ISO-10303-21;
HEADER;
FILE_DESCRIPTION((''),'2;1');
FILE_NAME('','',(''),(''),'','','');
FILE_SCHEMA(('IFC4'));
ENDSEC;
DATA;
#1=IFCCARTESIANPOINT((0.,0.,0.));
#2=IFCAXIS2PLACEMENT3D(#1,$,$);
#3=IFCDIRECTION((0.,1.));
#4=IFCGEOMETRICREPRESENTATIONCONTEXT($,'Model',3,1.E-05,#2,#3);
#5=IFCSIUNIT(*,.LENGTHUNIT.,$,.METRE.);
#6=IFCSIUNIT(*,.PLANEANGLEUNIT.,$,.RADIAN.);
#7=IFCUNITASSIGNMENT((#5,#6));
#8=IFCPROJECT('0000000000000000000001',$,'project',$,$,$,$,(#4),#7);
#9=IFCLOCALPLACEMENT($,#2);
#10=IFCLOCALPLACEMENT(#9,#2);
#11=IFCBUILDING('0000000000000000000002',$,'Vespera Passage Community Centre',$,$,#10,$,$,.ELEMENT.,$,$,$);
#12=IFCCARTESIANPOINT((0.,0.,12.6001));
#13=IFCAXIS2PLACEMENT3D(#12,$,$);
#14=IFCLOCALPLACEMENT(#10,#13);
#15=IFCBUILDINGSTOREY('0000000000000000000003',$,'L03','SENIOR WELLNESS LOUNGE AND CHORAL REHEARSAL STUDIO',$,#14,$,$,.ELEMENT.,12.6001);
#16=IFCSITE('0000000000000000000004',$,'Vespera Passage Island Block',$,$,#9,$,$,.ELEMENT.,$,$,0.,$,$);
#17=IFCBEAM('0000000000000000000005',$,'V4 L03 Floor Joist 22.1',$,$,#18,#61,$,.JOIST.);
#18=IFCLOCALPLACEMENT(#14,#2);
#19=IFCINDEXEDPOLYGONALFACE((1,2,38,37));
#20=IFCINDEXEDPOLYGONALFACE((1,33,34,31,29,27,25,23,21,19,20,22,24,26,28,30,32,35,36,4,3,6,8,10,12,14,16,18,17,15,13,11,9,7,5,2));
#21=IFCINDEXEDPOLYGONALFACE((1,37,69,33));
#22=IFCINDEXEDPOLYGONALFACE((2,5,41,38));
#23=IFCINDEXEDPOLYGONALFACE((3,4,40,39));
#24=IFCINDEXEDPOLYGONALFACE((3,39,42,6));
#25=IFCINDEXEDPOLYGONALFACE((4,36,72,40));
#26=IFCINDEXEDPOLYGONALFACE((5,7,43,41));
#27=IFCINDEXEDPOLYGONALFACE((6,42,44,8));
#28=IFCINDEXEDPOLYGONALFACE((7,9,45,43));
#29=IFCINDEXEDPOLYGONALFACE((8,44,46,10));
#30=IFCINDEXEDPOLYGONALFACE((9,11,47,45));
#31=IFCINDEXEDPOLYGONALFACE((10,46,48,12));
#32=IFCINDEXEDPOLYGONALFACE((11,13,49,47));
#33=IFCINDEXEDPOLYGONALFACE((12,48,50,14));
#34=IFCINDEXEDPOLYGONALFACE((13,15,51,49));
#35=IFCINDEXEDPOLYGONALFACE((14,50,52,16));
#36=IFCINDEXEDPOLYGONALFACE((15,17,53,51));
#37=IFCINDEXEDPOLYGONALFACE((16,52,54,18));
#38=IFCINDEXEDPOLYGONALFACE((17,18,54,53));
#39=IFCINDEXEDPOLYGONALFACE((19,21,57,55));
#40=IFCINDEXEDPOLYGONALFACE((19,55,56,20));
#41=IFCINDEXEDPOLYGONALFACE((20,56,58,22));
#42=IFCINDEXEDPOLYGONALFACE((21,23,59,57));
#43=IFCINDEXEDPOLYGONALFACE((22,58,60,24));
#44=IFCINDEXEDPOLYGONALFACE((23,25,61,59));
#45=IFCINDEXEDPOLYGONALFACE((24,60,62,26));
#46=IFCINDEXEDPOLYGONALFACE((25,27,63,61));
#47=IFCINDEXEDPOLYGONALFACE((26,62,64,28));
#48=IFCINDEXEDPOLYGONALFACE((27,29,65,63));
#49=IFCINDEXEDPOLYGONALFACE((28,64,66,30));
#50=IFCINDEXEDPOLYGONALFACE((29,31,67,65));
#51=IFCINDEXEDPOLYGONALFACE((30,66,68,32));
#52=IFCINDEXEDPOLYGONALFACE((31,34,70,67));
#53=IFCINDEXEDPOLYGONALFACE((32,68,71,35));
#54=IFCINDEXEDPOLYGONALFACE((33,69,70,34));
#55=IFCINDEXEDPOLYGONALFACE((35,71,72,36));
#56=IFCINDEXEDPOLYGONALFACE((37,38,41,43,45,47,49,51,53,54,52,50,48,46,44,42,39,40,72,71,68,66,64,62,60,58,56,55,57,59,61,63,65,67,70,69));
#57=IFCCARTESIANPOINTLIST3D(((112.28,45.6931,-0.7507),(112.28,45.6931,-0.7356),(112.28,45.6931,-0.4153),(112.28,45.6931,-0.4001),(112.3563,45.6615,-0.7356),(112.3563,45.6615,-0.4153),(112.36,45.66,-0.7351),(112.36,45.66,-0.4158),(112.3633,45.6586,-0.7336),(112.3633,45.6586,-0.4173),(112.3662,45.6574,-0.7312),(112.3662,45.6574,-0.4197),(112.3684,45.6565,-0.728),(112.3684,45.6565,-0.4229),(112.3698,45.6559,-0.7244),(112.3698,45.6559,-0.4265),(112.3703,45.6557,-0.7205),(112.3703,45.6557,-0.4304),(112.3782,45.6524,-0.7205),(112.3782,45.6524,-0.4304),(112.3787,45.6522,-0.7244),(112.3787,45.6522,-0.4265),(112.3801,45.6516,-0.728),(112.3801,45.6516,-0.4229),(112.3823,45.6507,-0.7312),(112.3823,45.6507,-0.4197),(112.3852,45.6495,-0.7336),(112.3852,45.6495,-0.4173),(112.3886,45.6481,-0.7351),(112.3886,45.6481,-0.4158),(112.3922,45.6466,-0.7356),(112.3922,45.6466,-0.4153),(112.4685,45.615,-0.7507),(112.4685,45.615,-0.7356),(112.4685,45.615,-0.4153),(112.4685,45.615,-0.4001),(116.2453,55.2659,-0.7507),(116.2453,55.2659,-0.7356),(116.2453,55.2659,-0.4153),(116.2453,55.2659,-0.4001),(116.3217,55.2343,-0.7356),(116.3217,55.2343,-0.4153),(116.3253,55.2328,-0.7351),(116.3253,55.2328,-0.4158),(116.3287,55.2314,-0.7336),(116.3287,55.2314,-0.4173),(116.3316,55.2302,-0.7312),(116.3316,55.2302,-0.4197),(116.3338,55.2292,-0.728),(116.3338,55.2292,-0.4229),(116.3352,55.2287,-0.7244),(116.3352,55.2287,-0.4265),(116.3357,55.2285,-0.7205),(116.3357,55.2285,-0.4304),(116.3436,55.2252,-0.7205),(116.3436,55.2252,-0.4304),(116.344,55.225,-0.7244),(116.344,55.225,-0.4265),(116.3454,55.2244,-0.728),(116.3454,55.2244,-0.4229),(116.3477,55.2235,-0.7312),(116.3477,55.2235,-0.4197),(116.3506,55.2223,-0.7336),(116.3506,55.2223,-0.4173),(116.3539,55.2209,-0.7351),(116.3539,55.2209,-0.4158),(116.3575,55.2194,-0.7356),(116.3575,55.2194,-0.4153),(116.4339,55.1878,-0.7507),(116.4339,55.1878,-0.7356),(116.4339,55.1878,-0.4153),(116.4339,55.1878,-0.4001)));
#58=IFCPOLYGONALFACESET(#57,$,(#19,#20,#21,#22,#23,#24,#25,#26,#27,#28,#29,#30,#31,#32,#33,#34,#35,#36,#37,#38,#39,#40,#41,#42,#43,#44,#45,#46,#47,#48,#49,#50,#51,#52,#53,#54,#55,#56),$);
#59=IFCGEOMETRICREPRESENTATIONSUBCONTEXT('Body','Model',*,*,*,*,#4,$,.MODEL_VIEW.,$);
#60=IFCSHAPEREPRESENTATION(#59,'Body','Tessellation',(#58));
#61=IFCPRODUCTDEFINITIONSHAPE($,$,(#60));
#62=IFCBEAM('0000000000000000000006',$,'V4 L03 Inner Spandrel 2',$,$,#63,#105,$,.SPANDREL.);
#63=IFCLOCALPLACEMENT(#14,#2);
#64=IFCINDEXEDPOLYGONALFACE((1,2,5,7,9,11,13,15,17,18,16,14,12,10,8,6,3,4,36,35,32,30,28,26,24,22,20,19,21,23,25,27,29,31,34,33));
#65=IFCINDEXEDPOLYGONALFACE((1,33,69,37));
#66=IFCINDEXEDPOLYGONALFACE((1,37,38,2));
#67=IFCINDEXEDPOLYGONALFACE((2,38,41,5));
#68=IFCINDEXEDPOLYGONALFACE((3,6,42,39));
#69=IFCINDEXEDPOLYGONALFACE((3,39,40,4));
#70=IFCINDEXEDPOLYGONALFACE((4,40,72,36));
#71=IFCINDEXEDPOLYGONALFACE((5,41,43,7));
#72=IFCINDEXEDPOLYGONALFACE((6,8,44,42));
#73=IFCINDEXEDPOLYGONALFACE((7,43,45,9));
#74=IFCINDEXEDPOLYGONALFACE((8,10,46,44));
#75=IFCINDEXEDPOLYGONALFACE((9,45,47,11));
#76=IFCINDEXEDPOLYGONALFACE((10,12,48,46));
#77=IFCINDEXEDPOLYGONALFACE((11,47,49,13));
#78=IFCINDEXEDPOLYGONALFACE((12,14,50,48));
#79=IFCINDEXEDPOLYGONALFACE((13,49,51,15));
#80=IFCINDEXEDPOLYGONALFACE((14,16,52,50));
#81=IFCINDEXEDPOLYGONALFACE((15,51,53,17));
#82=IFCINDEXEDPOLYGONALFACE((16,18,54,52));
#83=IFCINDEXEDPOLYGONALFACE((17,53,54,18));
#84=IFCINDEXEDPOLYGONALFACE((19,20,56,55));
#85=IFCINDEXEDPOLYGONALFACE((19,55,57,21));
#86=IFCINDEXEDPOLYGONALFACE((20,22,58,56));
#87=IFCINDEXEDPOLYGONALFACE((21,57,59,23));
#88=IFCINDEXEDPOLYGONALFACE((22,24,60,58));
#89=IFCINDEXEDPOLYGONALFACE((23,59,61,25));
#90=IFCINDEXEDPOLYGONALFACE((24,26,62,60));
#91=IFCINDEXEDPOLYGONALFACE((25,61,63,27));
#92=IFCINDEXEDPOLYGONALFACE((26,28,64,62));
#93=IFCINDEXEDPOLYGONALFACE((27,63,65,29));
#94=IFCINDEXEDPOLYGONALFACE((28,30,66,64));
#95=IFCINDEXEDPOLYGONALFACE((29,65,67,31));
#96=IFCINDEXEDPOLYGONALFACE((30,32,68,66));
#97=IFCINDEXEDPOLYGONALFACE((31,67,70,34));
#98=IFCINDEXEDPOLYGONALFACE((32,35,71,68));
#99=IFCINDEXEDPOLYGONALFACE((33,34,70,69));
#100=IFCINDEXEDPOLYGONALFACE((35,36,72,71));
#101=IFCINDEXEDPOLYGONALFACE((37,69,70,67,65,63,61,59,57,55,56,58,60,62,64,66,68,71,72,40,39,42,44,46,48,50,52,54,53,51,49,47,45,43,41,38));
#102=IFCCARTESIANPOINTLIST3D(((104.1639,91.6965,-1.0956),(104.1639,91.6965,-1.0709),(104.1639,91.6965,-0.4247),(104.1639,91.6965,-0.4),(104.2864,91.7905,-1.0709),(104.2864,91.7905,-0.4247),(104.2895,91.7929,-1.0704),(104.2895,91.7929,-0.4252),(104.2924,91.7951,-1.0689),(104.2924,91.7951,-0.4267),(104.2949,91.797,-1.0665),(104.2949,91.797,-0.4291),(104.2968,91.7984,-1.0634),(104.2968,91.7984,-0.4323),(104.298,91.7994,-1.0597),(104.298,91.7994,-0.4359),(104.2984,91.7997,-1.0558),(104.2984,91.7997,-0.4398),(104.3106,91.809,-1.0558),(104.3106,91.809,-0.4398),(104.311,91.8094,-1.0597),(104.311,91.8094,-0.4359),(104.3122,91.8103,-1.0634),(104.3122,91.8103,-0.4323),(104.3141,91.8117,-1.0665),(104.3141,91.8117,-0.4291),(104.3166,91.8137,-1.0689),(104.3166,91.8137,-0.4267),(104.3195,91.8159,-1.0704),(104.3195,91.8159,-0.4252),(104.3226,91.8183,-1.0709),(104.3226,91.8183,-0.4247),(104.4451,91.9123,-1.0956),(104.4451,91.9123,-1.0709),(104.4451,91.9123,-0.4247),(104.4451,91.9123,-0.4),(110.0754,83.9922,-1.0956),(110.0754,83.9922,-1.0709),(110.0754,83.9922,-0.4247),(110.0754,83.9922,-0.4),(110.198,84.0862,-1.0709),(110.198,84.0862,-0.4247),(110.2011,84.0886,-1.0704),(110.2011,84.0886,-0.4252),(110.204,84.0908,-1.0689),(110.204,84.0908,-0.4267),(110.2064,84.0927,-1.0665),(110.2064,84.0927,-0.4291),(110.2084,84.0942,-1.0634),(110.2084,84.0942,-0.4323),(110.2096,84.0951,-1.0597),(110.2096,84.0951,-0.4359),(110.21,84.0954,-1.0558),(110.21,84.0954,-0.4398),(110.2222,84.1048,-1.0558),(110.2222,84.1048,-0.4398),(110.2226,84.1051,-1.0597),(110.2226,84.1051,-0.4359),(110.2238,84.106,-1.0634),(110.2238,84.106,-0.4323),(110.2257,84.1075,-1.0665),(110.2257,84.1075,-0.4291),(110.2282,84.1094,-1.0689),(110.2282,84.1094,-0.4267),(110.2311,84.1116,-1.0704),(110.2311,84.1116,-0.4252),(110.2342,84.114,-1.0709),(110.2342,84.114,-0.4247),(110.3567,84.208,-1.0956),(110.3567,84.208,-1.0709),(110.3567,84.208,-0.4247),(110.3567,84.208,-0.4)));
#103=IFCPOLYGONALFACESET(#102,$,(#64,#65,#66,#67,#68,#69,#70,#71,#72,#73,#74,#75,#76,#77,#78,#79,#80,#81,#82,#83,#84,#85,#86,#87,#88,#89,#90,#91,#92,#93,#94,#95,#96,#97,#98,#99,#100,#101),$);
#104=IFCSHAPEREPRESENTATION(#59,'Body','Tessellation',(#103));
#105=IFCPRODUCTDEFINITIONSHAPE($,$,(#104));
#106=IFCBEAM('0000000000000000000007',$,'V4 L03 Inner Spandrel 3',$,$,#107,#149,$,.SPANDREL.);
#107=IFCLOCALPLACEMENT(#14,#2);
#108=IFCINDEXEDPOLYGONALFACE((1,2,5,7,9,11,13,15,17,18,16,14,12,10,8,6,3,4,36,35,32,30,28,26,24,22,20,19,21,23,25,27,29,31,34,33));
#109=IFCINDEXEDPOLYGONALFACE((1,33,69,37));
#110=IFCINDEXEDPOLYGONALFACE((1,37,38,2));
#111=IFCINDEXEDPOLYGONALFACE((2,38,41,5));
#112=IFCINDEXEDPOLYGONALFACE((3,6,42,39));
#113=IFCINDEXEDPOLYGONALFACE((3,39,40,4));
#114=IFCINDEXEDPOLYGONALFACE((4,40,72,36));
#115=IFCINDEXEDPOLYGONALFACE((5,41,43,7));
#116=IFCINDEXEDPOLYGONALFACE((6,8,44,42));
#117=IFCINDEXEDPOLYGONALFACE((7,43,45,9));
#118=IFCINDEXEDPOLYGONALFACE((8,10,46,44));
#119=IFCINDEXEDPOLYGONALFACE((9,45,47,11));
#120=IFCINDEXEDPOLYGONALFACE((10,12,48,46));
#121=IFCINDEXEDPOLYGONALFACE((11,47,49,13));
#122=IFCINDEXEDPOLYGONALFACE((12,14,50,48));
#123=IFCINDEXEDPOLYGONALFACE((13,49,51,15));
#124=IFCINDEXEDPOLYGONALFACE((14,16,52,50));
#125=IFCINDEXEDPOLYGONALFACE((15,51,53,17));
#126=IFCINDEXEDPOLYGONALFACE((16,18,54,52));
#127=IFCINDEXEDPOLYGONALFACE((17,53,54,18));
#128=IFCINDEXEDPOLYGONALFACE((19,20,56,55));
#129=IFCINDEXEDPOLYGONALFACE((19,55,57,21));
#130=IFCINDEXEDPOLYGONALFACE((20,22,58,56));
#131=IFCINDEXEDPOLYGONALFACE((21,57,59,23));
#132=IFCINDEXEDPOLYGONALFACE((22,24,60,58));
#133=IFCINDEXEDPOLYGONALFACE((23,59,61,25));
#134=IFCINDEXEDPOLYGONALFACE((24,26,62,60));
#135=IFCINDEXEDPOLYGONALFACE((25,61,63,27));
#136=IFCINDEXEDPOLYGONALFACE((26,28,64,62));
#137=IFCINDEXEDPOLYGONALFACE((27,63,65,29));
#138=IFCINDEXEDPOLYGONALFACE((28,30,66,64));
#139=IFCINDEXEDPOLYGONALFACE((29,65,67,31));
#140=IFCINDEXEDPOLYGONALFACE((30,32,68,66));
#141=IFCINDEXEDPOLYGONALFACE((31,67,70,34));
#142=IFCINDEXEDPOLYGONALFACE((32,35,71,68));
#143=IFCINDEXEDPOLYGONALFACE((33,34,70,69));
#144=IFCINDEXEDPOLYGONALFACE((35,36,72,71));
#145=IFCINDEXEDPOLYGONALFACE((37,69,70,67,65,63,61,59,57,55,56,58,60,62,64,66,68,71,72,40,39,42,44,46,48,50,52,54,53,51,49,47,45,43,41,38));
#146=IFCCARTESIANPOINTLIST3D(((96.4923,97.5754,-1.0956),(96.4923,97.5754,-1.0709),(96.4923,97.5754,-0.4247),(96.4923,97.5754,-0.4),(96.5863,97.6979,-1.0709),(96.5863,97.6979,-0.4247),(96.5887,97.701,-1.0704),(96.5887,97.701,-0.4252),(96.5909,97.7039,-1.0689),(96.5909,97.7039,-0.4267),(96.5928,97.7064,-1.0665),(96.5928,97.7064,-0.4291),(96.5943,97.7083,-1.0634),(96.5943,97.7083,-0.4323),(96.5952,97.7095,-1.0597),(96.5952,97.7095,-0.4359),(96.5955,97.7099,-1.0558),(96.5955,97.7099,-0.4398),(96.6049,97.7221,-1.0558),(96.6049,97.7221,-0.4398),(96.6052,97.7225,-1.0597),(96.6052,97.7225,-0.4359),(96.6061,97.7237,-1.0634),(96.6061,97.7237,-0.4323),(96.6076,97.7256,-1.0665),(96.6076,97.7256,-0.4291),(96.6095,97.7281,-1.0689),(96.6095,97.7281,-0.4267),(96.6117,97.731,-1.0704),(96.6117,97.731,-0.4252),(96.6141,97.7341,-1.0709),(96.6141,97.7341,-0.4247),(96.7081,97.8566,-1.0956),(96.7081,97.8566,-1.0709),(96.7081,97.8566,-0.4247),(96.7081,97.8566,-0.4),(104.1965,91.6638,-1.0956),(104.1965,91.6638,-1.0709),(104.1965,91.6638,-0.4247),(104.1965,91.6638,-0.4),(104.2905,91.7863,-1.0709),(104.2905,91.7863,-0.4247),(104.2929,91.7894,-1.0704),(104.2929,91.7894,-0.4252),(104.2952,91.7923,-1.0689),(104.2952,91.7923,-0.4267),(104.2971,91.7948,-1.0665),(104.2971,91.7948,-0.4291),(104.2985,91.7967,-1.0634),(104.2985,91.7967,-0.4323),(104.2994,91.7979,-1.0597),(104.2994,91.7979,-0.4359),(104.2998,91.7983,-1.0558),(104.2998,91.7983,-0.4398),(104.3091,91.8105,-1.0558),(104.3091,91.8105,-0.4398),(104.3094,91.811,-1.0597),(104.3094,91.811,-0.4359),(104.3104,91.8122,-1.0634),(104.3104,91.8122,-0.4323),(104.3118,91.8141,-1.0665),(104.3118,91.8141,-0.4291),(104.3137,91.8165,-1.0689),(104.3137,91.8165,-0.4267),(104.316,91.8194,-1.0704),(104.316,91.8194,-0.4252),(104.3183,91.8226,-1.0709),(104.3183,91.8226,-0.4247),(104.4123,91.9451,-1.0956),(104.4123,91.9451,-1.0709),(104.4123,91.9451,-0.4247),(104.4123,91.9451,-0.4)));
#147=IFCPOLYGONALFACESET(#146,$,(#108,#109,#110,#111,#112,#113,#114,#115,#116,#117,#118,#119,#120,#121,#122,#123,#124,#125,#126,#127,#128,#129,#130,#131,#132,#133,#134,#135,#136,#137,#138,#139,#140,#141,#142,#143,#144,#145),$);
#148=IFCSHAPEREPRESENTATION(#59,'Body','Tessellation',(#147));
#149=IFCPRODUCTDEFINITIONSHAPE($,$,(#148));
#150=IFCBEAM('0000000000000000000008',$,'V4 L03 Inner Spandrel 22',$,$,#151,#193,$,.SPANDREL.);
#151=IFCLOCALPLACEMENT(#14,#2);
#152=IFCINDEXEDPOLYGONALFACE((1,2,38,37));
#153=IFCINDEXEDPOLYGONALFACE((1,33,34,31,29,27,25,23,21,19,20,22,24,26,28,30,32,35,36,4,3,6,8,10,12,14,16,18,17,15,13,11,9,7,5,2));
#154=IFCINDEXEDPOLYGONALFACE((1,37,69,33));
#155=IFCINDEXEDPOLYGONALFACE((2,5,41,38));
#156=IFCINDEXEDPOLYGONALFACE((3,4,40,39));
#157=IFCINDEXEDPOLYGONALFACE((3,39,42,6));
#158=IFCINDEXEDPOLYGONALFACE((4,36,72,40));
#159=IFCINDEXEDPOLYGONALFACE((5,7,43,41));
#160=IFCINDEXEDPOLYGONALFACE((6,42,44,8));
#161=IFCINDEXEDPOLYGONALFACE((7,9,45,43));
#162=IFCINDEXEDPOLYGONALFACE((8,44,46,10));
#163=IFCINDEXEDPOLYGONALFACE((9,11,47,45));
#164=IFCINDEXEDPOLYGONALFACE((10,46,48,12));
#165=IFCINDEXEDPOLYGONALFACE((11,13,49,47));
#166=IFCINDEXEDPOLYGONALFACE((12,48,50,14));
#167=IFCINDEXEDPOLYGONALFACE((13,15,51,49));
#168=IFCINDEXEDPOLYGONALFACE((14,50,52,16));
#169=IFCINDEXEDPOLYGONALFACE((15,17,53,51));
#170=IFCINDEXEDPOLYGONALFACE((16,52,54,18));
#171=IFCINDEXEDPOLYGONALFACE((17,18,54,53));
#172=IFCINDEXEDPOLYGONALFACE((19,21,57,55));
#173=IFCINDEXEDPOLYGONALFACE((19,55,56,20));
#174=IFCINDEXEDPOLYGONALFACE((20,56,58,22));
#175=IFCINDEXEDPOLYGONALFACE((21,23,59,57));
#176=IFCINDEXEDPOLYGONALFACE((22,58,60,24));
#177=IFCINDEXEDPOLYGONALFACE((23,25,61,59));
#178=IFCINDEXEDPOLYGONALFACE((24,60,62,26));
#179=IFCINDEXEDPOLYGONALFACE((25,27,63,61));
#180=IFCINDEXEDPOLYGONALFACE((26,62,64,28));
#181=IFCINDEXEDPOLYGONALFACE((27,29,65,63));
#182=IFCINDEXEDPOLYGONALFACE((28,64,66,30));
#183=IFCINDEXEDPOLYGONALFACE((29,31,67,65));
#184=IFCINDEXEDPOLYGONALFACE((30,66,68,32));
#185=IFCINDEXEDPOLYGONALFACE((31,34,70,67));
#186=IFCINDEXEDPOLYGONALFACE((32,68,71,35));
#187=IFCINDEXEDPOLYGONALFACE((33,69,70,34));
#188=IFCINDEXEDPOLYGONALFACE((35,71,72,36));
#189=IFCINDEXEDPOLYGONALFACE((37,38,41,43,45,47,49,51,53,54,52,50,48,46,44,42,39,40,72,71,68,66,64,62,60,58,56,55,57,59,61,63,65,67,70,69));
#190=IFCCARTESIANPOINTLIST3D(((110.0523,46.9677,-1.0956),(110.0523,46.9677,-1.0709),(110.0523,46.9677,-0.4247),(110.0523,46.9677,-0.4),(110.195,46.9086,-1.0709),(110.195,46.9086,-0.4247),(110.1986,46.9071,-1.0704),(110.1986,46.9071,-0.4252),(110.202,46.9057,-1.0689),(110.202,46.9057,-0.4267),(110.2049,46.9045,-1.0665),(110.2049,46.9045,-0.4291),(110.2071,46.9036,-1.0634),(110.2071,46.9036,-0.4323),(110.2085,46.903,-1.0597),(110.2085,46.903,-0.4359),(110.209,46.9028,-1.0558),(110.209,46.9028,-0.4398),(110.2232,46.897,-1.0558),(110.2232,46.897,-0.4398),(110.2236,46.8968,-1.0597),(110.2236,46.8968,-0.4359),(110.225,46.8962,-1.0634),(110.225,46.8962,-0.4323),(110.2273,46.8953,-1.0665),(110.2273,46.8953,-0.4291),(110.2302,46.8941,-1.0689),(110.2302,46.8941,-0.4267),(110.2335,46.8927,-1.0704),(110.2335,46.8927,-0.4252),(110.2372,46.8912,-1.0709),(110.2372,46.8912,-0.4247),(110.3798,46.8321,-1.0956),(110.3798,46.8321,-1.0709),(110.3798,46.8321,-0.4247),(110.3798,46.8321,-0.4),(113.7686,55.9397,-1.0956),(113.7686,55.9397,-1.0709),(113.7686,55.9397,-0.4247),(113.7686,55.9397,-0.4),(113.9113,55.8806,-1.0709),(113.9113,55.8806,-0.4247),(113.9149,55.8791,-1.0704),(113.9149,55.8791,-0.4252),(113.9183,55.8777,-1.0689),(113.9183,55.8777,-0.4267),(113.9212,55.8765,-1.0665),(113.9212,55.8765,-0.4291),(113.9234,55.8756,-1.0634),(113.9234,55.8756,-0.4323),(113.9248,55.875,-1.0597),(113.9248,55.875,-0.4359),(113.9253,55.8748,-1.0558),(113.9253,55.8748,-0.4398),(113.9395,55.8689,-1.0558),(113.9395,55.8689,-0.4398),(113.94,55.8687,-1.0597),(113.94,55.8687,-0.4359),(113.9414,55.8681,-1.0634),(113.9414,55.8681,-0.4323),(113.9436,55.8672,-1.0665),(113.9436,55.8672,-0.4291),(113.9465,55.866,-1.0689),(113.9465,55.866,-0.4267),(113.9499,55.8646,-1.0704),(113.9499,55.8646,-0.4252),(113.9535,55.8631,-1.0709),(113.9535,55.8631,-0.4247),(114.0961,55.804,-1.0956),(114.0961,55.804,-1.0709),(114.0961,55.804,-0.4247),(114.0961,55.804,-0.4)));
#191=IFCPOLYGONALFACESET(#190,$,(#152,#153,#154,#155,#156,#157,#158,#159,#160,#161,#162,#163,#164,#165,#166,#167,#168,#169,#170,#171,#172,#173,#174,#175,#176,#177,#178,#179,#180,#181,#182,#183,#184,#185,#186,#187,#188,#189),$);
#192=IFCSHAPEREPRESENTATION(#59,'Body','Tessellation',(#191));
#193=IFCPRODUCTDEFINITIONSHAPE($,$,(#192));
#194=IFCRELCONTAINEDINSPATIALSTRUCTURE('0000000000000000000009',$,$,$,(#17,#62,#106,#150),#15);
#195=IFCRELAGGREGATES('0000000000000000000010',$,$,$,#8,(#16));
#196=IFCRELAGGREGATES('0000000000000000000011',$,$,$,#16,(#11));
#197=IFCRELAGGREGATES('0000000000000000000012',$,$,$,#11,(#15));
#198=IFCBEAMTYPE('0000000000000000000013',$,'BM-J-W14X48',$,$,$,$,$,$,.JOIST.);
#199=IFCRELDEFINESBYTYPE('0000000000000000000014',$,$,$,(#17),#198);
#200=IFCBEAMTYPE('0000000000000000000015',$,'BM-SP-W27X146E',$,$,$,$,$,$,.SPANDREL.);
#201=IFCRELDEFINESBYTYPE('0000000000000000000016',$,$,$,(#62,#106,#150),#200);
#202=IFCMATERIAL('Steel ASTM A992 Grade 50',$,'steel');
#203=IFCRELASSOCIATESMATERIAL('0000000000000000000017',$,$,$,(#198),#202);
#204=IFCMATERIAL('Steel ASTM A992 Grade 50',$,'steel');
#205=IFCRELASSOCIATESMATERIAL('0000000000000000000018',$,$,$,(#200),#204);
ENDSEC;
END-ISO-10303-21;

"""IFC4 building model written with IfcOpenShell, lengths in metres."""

from ifc_helpers import new_model, si_unit, direction, frame, origin, origin_2d, place, context, subcontext, project, spatial, i_section, extrude, material, material_profile, profile_set, type_object, element, save


model = new_model("IFC4")

# Units and contexts
model_context = context("Model", 3, precision=1e-05, world=origin(), true_north=direction((0.0, 1.0)))
body_context = subcontext(model_context, "Body", "Model", "MODEL_VIEW")
ifc_project = project(units=[si_unit("LENGTHUNIT", "METRE"), si_unit("PLANEANGLEUNIT", "RADIAN")], contexts=[model_context])

# Site, building, storey
site_placement = place(None, origin())
site = spatial("IfcSite", under=ifc_project, at=site_placement, Name="Vespera Passage Island Block", CompositionType="ELEMENT", RefElevation=0.0)
building_placement = place(site_placement, origin())
building = spatial("IfcBuilding", under=site, at=building_placement, Name="Vespera Passage Community Centre", CompositionType="ELEMENT")
storey_placement = place(building_placement, frame((0.0, 0.0, 12.6001)))
storey = spatial("IfcBuildingStorey", under=building, at=storey_placement, Name="L03", Description="SENIOR WELLNESS LOUNGE AND CHORAL REHEARSAL STUDIO", CompositionType="ELEMENT", Elevation=12.6001)

# Beams
ifc_material_1 = material(Name="Steel ASTM A992 Grade 50", Category="steel")
ifc_material_profile_1 = material_profile(ifc_material_1, i_section(OverallWidth=0.2041, OverallDepth=0.3506, WebThickness=0.0085, FlangeThickness=0.0151, FilletRadius=0.0151, at=origin_2d()), Name="W14X48")
ifc_profile_set_1 = profile_set([ifc_material_profile_1], Name="Steel ASTM A992 Grade 50")
beam_type_1 = type_object("IfcBeamType", Name="BM-J-W14X48", PredefinedType="JOIST", material=ifc_profile_set_1)
beam_1_placement = place(storey_placement, frame((112.3743, 45.6541, -0.5754), z_axis=(0.382697, 0.923874, 0.0), x_axis=(-0.923874, 0.382697, 0.0)))
element("IfcBeam", 1, at=beam_1_placement, inside=storey, type_object=beam_type_1, Name="V4 L03 Floor Joist 22.1", PredefinedType="JOIST", context=body_context, shape_type="SweptSolid", body=[
    extrude(i_section(OverallWidth=0.2041, OverallDepth=0.3506, WebThickness=0.0085, FlangeThickness=0.0151, FilletRadius=0.0151, at=origin_2d()), origin(), (0.0, 0.0, 1.0), 10.3616),
])
ifc_material_2 = material(Name="Steel ASTM A992 Grade 50", Category="steel")
ifc_material_profile_2 = material_profile(ifc_material_2, i_section(OverallWidth=0.3545, OverallDepth=0.6956, WebThickness=0.0154, FlangeThickness=0.0247, FilletRadius=0.0151, at=origin_2d()), Name="W27X146")
ifc_profile_set_2 = profile_set([ifc_material_profile_2], Name="Steel ASTM A992 Grade 50")
beam_type_2 = type_object("IfcBeamType", Name="BM-SP-W27X146E", PredefinedType="SPANDREL", material=ifc_profile_set_2)
for number, where, z_axis, x_axis, name in (
    (2, (110.2161, 84.1001, -0.7478), (-0.608753, 0.79336, 0.0), (-0.79336, -0.608753, 0.0), "V4 L03 Inner Spandrel 2"),
    (3, (104.3044, 91.8044, -0.7478), (-0.79336, 0.608753, 0.0), (-0.608753, -0.79336, 0.0), "V4 L03 Inner Spandrel 3"),
):
    element("IfcBeam", number, at=place(storey_placement, frame(where, z_axis=z_axis, x_axis=x_axis)), inside=storey, type_object=beam_type_2, Name=name, PredefinedType="SPANDREL", context=body_context, shape_type="SweptSolid", body=[
        extrude(i_section(OverallWidth=0.3545, OverallDepth=0.6956, WebThickness=0.0154, FlangeThickness=0.0247, FilletRadius=0.0151, at=origin_2d()), origin(), (0.0, 0.0, 1.0), 9.7109),
    ])
for number, where, z_axis, x_axis, name in (
    (4, (110.2161, 46.8999, -0.7478), (0.382685, 0.923879, 0.0), (-0.923879, 0.382685, 0.0), "V4 L03 Inner Spandrel 22"),
):
    element("IfcBeam", number, at=place(storey_placement, frame(where, z_axis=z_axis, x_axis=x_axis)), inside=storey, type_object=beam_type_2, Name=name, PredefinedType="SPANDREL", context=body_context, shape_type="SweptSolid", body=[
        extrude(i_section(OverallWidth=0.3545, OverallDepth=0.6956, WebThickness=0.0154, FlangeThickness=0.0247, FilletRadius=0.0151, at=origin_2d()), origin(), (0.0, 0.0, 1.0), 9.7112),
    ])

save(model, "model.ifc")
